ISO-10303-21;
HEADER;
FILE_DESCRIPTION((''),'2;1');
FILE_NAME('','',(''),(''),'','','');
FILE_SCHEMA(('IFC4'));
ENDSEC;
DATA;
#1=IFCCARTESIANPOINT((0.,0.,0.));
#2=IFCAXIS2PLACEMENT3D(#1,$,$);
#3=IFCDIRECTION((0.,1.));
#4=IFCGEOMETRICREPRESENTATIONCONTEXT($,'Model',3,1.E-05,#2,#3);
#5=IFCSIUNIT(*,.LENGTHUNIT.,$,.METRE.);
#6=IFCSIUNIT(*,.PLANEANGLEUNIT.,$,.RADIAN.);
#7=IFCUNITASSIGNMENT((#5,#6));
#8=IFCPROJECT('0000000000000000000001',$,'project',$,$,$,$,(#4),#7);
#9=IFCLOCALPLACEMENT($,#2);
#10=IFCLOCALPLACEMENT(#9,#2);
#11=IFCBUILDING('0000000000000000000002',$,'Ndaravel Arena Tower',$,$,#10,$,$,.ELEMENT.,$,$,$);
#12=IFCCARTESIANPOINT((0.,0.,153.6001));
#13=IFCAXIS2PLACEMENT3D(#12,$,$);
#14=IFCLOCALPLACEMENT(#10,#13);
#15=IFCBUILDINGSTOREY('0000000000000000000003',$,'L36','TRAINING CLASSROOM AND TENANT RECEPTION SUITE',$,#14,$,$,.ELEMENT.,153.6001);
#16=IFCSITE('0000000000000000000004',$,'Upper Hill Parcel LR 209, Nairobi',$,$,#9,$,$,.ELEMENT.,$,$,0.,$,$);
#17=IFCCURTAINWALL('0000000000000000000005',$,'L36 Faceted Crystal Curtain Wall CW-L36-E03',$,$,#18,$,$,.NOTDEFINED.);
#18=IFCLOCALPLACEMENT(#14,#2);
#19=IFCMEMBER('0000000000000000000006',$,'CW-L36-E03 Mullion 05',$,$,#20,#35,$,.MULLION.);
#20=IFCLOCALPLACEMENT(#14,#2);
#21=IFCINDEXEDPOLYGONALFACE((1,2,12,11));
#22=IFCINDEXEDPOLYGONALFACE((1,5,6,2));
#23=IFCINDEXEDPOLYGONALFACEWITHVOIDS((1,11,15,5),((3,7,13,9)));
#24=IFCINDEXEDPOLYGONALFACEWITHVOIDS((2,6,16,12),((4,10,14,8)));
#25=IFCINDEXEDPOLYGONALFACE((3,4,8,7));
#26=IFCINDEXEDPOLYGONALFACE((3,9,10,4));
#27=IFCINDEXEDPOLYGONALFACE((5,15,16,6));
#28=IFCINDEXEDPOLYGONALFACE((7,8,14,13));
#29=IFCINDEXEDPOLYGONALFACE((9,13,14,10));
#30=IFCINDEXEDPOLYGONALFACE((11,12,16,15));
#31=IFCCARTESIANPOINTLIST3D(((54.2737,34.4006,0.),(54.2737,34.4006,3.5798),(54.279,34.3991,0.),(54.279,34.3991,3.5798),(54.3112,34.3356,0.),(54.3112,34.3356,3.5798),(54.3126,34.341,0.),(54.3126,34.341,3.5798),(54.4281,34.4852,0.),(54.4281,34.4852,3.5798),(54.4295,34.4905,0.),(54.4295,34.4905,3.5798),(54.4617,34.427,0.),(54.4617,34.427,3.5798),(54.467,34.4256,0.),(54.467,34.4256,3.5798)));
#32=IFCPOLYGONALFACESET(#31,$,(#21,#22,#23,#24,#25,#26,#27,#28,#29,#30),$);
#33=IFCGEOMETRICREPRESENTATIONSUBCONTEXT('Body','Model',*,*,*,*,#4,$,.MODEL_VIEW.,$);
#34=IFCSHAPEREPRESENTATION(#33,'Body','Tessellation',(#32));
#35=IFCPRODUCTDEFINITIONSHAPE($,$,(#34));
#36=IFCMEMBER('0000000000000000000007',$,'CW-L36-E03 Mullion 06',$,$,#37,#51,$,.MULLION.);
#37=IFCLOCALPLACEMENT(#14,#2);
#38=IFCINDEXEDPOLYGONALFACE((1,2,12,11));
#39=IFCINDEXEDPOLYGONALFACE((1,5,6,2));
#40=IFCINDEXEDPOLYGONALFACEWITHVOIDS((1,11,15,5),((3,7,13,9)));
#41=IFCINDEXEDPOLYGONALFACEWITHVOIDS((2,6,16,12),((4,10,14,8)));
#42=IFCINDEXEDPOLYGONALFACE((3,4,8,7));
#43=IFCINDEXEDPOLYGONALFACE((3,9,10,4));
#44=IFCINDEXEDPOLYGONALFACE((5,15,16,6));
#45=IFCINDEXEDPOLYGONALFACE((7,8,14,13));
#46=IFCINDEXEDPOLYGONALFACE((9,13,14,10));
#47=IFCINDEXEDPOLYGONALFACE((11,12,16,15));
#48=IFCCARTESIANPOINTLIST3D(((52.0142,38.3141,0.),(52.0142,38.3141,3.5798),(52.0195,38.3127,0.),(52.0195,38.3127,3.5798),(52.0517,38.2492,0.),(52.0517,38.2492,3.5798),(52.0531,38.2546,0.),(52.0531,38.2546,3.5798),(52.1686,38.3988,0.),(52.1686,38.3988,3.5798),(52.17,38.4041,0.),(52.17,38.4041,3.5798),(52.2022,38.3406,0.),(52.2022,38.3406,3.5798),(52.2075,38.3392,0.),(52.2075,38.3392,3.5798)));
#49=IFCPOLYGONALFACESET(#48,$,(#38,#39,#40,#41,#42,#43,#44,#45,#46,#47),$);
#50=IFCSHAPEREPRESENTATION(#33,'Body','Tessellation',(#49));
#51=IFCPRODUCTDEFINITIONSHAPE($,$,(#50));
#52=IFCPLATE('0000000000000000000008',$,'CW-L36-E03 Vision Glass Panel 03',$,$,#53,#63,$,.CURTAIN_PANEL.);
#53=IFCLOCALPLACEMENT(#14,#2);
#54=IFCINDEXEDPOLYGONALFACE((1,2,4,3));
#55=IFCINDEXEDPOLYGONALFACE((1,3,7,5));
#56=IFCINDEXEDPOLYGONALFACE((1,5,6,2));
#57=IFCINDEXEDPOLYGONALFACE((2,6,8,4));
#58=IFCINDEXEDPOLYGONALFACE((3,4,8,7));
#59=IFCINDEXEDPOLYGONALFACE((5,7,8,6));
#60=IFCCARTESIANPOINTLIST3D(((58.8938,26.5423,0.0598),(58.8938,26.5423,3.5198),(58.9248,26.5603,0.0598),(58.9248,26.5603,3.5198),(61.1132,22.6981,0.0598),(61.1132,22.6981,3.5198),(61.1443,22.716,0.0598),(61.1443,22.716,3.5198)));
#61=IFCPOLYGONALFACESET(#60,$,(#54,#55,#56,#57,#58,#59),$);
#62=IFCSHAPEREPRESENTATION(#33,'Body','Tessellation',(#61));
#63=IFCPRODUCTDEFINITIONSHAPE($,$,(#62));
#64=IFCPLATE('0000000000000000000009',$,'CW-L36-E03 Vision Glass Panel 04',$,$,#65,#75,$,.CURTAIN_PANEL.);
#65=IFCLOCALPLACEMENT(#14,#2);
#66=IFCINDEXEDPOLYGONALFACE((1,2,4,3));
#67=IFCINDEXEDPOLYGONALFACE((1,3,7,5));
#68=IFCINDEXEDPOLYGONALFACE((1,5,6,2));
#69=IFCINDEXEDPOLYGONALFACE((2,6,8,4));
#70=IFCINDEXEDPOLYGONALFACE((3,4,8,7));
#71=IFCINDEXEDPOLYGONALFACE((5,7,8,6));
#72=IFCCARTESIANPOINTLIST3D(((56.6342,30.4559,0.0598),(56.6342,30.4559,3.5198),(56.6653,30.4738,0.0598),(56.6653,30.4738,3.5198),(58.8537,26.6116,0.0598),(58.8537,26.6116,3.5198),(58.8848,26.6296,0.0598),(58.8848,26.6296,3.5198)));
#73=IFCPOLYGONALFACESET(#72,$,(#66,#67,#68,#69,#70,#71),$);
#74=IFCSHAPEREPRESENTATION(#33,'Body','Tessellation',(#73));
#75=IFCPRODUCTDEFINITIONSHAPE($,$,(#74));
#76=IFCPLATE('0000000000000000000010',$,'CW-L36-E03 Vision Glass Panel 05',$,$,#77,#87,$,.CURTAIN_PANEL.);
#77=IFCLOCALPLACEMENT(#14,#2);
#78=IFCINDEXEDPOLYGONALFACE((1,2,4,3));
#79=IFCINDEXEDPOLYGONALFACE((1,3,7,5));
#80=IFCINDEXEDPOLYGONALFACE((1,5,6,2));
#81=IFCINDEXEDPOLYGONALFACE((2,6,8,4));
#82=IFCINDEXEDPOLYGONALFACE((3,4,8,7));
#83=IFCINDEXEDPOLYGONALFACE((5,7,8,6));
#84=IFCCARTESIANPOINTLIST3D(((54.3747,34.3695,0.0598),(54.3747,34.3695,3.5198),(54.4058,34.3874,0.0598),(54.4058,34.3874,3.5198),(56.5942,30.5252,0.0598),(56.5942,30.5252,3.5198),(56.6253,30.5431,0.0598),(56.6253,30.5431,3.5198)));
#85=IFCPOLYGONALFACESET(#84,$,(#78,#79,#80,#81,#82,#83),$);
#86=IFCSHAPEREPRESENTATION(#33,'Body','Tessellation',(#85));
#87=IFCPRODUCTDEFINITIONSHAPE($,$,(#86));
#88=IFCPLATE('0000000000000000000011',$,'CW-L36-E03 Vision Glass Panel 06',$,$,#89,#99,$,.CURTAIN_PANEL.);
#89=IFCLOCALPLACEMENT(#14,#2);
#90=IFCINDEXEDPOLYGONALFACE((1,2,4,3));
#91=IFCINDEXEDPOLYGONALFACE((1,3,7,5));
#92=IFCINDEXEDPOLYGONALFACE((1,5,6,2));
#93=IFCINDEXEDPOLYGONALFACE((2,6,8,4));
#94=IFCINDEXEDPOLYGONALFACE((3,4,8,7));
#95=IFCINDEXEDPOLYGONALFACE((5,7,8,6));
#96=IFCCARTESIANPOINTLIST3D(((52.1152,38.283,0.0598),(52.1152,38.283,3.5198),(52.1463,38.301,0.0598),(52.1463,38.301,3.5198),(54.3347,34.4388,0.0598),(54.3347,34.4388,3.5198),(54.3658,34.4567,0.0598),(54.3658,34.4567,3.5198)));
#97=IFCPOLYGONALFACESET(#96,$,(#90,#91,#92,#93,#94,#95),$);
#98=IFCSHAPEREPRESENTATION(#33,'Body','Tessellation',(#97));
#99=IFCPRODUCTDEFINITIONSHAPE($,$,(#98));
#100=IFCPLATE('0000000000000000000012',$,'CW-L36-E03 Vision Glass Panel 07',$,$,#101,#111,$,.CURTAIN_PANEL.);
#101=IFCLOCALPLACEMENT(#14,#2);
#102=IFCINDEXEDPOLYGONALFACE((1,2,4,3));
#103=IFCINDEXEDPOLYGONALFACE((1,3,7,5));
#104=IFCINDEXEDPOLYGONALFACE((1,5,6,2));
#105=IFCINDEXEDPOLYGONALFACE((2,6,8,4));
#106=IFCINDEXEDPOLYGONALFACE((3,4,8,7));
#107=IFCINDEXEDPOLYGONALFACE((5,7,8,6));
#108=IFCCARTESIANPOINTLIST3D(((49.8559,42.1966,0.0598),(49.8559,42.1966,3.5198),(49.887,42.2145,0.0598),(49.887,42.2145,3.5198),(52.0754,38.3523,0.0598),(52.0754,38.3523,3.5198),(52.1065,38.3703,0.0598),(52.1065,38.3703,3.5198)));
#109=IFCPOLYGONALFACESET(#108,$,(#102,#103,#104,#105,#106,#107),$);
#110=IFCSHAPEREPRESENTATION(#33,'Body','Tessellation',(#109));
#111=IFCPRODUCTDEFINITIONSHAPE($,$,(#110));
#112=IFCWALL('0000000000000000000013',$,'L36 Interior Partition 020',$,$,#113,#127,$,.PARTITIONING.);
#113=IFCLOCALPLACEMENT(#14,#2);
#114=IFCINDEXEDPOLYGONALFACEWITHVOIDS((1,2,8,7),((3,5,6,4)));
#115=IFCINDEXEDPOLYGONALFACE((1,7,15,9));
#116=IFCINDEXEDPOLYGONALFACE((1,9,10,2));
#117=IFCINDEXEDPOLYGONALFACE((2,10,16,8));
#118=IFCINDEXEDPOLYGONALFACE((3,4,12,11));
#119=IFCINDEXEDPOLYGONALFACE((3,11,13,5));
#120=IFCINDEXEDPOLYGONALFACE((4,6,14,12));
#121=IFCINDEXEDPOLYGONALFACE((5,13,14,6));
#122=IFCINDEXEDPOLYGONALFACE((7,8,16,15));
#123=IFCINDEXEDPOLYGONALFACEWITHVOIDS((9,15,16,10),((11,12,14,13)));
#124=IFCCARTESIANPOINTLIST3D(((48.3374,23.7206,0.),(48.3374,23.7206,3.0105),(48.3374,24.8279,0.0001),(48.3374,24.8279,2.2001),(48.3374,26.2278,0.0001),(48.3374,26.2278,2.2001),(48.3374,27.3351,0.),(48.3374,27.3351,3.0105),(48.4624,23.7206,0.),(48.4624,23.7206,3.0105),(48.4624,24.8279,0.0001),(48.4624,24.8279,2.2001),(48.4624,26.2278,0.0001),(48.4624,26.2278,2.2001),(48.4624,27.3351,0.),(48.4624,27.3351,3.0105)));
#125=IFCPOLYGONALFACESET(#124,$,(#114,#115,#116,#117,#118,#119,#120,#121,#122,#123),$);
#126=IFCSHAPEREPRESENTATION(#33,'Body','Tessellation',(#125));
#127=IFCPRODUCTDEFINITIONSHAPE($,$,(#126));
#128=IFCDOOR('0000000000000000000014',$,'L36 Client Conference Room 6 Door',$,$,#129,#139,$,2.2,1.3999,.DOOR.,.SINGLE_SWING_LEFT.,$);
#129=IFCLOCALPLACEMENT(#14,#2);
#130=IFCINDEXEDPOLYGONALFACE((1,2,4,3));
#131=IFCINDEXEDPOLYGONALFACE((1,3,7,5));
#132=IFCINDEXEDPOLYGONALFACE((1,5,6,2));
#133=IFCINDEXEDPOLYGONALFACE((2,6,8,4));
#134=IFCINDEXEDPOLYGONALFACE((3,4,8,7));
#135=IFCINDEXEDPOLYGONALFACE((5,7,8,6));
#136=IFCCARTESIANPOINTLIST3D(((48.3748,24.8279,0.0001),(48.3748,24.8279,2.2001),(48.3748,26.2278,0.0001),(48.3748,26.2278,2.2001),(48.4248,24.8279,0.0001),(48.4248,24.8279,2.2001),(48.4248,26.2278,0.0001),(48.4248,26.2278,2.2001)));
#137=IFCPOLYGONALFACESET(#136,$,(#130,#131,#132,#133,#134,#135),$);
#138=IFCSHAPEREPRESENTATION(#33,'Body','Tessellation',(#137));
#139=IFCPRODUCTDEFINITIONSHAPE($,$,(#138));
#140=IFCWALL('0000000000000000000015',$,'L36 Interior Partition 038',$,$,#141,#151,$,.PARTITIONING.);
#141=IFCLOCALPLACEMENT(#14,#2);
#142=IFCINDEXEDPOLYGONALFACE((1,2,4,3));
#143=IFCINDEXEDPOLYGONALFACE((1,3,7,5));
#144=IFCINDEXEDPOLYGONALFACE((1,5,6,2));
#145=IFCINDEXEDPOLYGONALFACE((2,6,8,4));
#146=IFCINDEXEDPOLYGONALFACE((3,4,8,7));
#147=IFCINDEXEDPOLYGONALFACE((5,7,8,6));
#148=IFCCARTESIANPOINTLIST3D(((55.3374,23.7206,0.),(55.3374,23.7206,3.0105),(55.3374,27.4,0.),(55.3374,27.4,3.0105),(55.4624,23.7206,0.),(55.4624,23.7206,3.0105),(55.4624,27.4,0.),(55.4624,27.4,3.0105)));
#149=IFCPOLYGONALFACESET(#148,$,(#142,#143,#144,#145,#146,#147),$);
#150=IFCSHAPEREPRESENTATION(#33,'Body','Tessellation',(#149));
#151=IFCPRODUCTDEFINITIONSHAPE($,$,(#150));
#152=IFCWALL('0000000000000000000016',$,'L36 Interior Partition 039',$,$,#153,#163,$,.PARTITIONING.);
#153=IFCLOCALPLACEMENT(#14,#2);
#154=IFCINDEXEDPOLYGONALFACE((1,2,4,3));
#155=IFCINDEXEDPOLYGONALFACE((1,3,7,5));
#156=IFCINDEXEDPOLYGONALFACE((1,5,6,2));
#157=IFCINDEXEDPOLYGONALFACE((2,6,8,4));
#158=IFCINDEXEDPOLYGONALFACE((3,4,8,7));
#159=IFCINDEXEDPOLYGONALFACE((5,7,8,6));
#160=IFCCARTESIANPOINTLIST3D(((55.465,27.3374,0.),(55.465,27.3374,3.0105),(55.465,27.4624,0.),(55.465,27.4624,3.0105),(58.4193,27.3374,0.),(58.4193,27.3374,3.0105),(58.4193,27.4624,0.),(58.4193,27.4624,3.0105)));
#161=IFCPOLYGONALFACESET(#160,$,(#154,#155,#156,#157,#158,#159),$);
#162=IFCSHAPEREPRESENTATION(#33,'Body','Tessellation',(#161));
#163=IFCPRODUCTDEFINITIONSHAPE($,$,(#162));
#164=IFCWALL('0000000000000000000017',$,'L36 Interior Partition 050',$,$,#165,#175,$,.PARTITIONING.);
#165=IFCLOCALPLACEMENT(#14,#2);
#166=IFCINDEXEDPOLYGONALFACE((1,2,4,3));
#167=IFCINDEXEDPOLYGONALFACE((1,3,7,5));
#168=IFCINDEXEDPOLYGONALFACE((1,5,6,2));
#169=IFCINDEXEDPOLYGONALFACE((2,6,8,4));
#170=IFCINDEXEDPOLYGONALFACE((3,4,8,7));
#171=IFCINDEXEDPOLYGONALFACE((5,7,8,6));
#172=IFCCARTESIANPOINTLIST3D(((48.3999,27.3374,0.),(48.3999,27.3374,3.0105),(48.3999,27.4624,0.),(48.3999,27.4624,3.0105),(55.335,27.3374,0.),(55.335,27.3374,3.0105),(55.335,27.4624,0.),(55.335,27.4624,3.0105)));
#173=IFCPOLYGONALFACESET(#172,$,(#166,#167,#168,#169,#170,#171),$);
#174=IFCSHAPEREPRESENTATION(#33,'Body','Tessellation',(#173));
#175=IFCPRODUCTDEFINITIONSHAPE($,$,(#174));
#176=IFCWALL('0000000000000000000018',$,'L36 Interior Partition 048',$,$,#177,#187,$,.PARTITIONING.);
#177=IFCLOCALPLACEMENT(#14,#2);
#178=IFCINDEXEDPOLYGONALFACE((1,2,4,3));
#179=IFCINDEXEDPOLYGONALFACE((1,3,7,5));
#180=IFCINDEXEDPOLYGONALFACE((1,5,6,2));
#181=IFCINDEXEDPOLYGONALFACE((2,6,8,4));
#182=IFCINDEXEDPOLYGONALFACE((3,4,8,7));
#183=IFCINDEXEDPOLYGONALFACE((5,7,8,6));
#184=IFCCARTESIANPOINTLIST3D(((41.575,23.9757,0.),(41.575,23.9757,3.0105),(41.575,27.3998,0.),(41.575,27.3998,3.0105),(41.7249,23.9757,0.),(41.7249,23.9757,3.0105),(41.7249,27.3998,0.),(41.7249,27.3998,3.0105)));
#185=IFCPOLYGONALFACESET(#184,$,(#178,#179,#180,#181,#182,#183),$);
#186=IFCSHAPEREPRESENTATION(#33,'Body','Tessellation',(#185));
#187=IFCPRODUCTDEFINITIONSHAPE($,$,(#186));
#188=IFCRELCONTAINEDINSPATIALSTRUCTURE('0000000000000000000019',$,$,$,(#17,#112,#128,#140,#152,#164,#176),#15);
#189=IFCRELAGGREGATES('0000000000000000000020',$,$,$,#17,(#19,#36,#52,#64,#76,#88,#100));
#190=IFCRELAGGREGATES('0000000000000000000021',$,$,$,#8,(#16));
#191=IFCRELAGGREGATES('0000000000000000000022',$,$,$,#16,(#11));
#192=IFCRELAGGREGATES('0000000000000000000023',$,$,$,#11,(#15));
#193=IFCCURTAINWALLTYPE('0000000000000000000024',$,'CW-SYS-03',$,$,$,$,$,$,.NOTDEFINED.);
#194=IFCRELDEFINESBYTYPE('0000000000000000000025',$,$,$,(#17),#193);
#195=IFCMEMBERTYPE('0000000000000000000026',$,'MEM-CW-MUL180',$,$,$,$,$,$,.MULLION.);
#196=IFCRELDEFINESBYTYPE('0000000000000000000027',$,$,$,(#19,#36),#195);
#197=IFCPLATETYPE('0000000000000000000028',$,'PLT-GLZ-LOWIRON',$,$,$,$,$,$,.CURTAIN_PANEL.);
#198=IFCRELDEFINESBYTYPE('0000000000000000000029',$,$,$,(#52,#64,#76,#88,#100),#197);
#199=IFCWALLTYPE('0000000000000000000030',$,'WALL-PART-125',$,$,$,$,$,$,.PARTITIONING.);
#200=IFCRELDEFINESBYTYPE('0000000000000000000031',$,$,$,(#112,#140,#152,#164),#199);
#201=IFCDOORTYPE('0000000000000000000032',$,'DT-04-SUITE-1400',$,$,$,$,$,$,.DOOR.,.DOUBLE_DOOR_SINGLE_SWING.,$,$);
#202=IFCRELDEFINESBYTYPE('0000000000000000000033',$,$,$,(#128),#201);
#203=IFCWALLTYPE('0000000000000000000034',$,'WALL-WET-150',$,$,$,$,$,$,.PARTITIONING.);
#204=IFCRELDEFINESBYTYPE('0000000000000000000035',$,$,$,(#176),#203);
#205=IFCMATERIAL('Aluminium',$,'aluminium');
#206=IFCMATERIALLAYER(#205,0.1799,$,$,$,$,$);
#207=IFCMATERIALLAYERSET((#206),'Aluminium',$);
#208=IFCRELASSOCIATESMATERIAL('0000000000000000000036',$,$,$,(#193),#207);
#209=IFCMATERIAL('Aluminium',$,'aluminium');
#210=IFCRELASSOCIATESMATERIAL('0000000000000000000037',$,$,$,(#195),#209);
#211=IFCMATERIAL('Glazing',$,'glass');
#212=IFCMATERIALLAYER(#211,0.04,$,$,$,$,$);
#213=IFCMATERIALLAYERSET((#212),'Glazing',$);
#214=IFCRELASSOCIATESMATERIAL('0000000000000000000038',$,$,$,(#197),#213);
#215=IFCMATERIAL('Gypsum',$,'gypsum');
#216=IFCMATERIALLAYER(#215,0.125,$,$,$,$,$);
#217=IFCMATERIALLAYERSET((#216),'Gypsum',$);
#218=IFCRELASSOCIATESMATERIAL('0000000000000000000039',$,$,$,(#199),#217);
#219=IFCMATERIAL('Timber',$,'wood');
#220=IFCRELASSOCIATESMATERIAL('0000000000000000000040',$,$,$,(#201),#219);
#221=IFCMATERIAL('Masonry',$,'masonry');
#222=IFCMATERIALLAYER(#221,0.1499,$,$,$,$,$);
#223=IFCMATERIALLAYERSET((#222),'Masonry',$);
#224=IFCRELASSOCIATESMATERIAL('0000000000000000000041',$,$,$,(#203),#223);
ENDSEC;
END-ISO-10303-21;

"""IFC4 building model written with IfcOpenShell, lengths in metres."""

from ifc_helpers import new_model, si_unit, direction, frame, frame_2d, origin, origin_2d, place, context, subcontext, project, spatial, rectangle, hollow_rectangle, extrude, material, layer, layer_set, material_profile, profile_set, type_object, element, fill, aggregate, save


model = new_model("IFC4")

# Units and contexts
model_context = context("Model", 3, precision=1e-05, world=origin(), true_north=direction((0.0, 1.0)))
body_context = subcontext(model_context, "Body", "Model", "MODEL_VIEW")
ifc_project = project(units=[si_unit("LENGTHUNIT", "METRE"), si_unit("PLANEANGLEUNIT", "RADIAN")], contexts=[model_context])

# Site, building, storey
site_placement = place(None, origin())
site = spatial("IfcSite", under=ifc_project, at=site_placement, Name="Upper Hill Parcel LR 209, Nairobi", CompositionType="ELEMENT", RefElevation=0.0)
building_placement = place(site_placement, origin())
building = spatial("IfcBuilding", under=site, at=building_placement, Name="Ndaravel Arena Tower", CompositionType="ELEMENT")
storey_placement = place(building_placement, frame((0.0, 0.0, 153.6001)))
storey = spatial("IfcBuildingStorey", under=building, at=storey_placement, Name="L36", Description="TRAINING CLASSROOM AND TENANT RECEPTION SUITE", CompositionType="ELEMENT", Elevation=153.6001)

# Curtain wall, members, plates
ifc_material_1 = material(Name="Aluminium", Category="aluminium")
ifc_layer_1 = layer(ifc_material_1, 0.1799)
ifc_layer_set_1 = layer_set([ifc_layer_1], Name="Aluminium")
curtain_wall_type = type_object("IfcCurtainWallType", Name="CW-SYS-03", PredefinedType="NOTDEFINED", material=ifc_layer_set_1)
curtain_wall_placement = place(storey_placement, origin())
curtain_wall = element("IfcCurtainWall", 1, at=curtain_wall_placement, inside=storey, type_object=curtain_wall_type, Name="L36 Faceted Crystal Curtain Wall CW-L36-E03", PredefinedType="NOTDEFINED")
ifc_material_2 = material(Name="Aluminium", Category="aluminium")
ifc_material_profile_1 = material_profile(ifc_material_2, hollow_rectangle(XDim=0.075, YDim=0.1799, WallThickness=0.0039, at=origin_2d()), Name="CW MULLION 75x180x4")
ifc_profile_set_1 = profile_set([ifc_material_profile_1], Name="Aluminium")
member_type = type_object("IfcMemberType", Name="MEM-CW-MUL180", PredefinedType="MULLION", material=ifc_profile_set_1)
member_1_placement = place(storey_placement, frame((54.3704, 34.4131, 0.0), z_axis=(0.0, 0.0, 1.0), x_axis=(-0.5, 0.866025, 0.0)))
member_1 = element("IfcMember", 2, at=member_1_placement, type_object=member_type, Name="CW-L36-E03 Mullion 05", PredefinedType="MULLION", context=body_context, shape_type="SweptSolid", body=[
    extrude(hollow_rectangle(XDim=0.075, YDim=0.1799, WallThickness=0.0039, at=origin_2d()), origin(), (0.0, 0.0, 1.0), 3.5798),
])
member_2_placement = place(storey_placement, frame((52.1108, 38.3267, 0.0), z_axis=(0.0, 0.0, 1.0), x_axis=(-0.5, 0.866025, 0.0)))
member_2 = element("IfcMember", 3, at=member_2_placement, type_object=member_type, Name="CW-L36-E03 Mullion 06", PredefinedType="MULLION", context=body_context, shape_type="SweptSolid", body=[
    extrude(hollow_rectangle(XDim=0.075, YDim=0.1799, WallThickness=0.0039, at=origin_2d()), origin(), (0.0, 0.0, 1.0), 3.5798),
])
ifc_material_3 = material(Name="Glazing", Category="glass")
ifc_layer_2 = layer(ifc_material_3, 0.04)
ifc_layer_set_2 = layer_set([ifc_layer_2], Name="Glazing")
plate_type = type_object("IfcPlateType", Name="PLT-GLZ-LOWIRON", PredefinedType="CURTAIN_PANEL", material=ifc_layer_set_2)
plate_1_placement = place(storey_placement, frame((60.019, 24.6292, 0.0598), z_axis=(0.0, 0.0, 1.0), x_axis=(-0.5, 0.866025, 0.0)))
plate_1 = element("IfcPlate", 4, at=plate_1_placement, type_object=plate_type, Name="CW-L36-E03 Vision Glass Panel 03", PredefinedType="CURTAIN_PANEL", context=body_context, shape_type="SweptSolid", body=[
    extrude(rectangle(XDim=4.439, YDim=0.0359, at=origin_2d()), origin(), (0.0, 0.0, 1.0), 3.46),
])
plate_2_placement = place(storey_placement, frame((57.7595, 28.5427, 0.0598), z_axis=(0.0, 0.0, 1.0), x_axis=(-0.5, 0.866025, 0.0)))
plate_2 = element("IfcPlate", 5, at=plate_2_placement, type_object=plate_type, Name="CW-L36-E03 Vision Glass Panel 04", PredefinedType="CURTAIN_PANEL", context=body_context, shape_type="SweptSolid", body=[
    extrude(rectangle(XDim=4.439, YDim=0.0359, at=origin_2d()), origin(), (0.0, 0.0, 1.0), 3.46),
])
plate_3_placement = place(storey_placement, frame((55.5, 32.4563, 0.0598), z_axis=(0.0, 0.0, 1.0), x_axis=(-0.5, 0.866025, 0.0)))
plate_3 = element("IfcPlate", 6, at=plate_3_placement, type_object=plate_type, Name="CW-L36-E03 Vision Glass Panel 05", PredefinedType="CURTAIN_PANEL", context=body_context, shape_type="SweptSolid", body=[
    extrude(rectangle(XDim=4.439, YDim=0.0359, at=origin_2d()), origin(), (0.0, 0.0, 1.0), 3.46),
])
plate_4_placement = place(storey_placement, frame((53.2405, 36.3699, 0.0598), z_axis=(0.0, 0.0, 1.0), x_axis=(-0.5, 0.866025, 0.0)))
plate_4 = element("IfcPlate", 7, at=plate_4_placement, type_object=plate_type, Name="CW-L36-E03 Vision Glass Panel 06", PredefinedType="CURTAIN_PANEL", context=body_context, shape_type="SweptSolid", body=[
    extrude(rectangle(XDim=4.439, YDim=0.0359, at=origin_2d()), origin(), (0.0, 0.0, 1.0), 3.46),
])
plate_5_placement = place(storey_placement, frame((50.9812, 40.2834, 0.0598), z_axis=(0.0, 0.0, 1.0), x_axis=(-0.5, 0.866025, 0.0)))
plate_5 = element("IfcPlate", 8, at=plate_5_placement, type_object=plate_type, Name="CW-L36-E03 Vision Glass Panel 07", PredefinedType="CURTAIN_PANEL", context=body_context, shape_type="SweptSolid", body=[
    extrude(rectangle(XDim=4.439, YDim=0.0359, at=origin_2d()), origin(), (0.0, 0.0, 1.0), 3.46),
])
aggregate(curtain_wall, [member_1, member_2, plate_1, plate_2, plate_3, plate_4, plate_5])

# Wall, opening, door
ifc_material_4 = material(Name="Gypsum", Category="gypsum")
ifc_layer_3 = layer(ifc_material_4, 0.125)
ifc_layer_set_3 = layer_set([ifc_layer_3], Name="Gypsum")
wall_type_1 = type_object("IfcWallType", Name="WALL-PART-125", PredefinedType="PARTITIONING", material=ifc_layer_set_3)
wall_1_placement = place(storey_placement, frame((48.3999, 27.335, 0.0), z_axis=(0.0, 0.0, 1.0), x_axis=(0.0, -1.0, 0.0)))
wall_1 = element("IfcWall", 9, at=wall_1_placement, inside=storey, type_object=wall_type_1, Name="L36 Interior Partition 020", PredefinedType="PARTITIONING", context=body_context, shape_type="SweptSolid", body=[
    extrude(rectangle(XDim=3.6145, YDim=0.125, at=frame_2d((1.8071, 0.0))), origin(), (0.0, 0.0, 1.0), 3.0105),
])
opening_1_placement = place(wall_1_placement, frame((1.1072, 0.0, 0.0)))
opening_1 = element("IfcOpeningElement", 10, at=opening_1_placement, cuts=wall_1, PredefinedType="OPENING", context=body_context, shape_type="SweptSolid", body=[
    extrude(rectangle(XDim=1.3999, YDim=2.2, at=frame_2d((0.7, 1.1001))), frame((0.0, 0.0625, 0.0), z_axis=(0.0, -1.0, 0.0), x_axis=(1.0, 0.0, 0.0)), (0.0, 0.0, 1.0), 0.125),
])
ifc_material_5 = material(Name="Timber", Category="wood")
door_type_1 = type_object("IfcDoorType", Name="DT-04-SUITE-1400", OperationType="DOUBLE_DOOR_SINGLE_SWING", PredefinedType="DOOR", material=ifc_material_5)
door_1_placement = place(opening_1_placement, origin())
door_1 = element("IfcDoor", 11, at=door_1_placement, inside=storey, type_object=door_type_1, Name="L36 Client Conference Room 6 Door", OperationType="SINGLE_SWING_LEFT", OverallHeight=2.2, OverallWidth=1.3999, PredefinedType="DOOR", context=body_context, shape_type="SweptSolid", body=[
    extrude(rectangle(XDim=1.3999, YDim=2.2, at=frame_2d((0.7, 1.1001))), frame((0.0, 0.0249, 0.0), z_axis=(0.0, -1.0, 0.0), x_axis=(1.0, 0.0, 0.0)), (0.0, 0.0, 1.0), 0.05),
])
fill(opening_1, door_1)

# Walls
wall_2_placement = place(storey_placement, frame((55.3999, 23.7205, 0.0), z_axis=(0.0, 0.0, 1.0), x_axis=(0.0, 1.0, 0.0)))
element("IfcWall", 12, at=wall_2_placement, inside=storey, type_object=wall_type_1, Name="L36 Interior Partition 038", PredefinedType="PARTITIONING", context=body_context, shape_type="SweptSolid", body=[
    extrude(rectangle(XDim=3.6794, YDim=0.125, at=frame_2d((1.8398, 0.0))), origin(), (0.0, 0.0, 1.0), 3.0105),
])
wall_3_placement = place(storey_placement, frame((55.4651, 27.3999, 0.0), z_axis=(0.0, 0.0, 1.0), x_axis=(1.0, 0.0, 0.0)))
element("IfcWall", 13, at=wall_3_placement, inside=storey, type_object=wall_type_1, Name="L36 Interior Partition 039", PredefinedType="PARTITIONING", context=body_context, shape_type="SweptSolid", body=[
    extrude(rectangle(XDim=2.9543, YDim=0.125, at=frame_2d((1.4771, 0.0))), origin(), (0.0, 0.0, 1.0), 3.0105),
])
wall_4_placement = place(storey_placement, frame((48.3999, 27.3999, 0.0), z_axis=(0.0, 0.0, 1.0), x_axis=(1.0, 0.0, 0.0)))
element("IfcWall", 14, at=wall_4_placement, inside=storey, type_object=wall_type_1, Name="L36 Interior Partition 050", PredefinedType="PARTITIONING", context=body_context, shape_type="SweptSolid", body=[
    extrude(rectangle(XDim=6.9351, YDim=0.125, at=frame_2d((3.4675, 0.0))), origin(), (0.0, 0.0, 1.0), 3.0105),
])

# Shared definitions
ifc_material_6 = material(Name="Masonry", Category="masonry")
ifc_layer_4 = layer(ifc_material_6, 0.1499)
ifc_layer_set_4 = layer_set([ifc_layer_4], Name="Masonry")
wall_type_2 = type_object("IfcWallType", Name="WALL-WET-150", PredefinedType="PARTITIONING", material=ifc_layer_set_4)

# Wall
wall_5_placement = place(storey_placement, frame((41.6499, 23.9758, 0.0), z_axis=(0.0, 0.0, 1.0), x_axis=(0.0, 1.0, 0.0)))
element("IfcWall", 15, at=wall_5_placement, inside=storey, type_object=wall_type_2, Name="L36 Interior Partition 048", PredefinedType="PARTITIONING", context=body_context, shape_type="SweptSolid", body=[
    extrude(rectangle(XDim=3.4241, YDim=0.1499, at=frame_2d((1.7119, 0.0))), origin(), (0.0, 0.0, 1.0), 3.0105),
])

save(model, "model.ifc")
